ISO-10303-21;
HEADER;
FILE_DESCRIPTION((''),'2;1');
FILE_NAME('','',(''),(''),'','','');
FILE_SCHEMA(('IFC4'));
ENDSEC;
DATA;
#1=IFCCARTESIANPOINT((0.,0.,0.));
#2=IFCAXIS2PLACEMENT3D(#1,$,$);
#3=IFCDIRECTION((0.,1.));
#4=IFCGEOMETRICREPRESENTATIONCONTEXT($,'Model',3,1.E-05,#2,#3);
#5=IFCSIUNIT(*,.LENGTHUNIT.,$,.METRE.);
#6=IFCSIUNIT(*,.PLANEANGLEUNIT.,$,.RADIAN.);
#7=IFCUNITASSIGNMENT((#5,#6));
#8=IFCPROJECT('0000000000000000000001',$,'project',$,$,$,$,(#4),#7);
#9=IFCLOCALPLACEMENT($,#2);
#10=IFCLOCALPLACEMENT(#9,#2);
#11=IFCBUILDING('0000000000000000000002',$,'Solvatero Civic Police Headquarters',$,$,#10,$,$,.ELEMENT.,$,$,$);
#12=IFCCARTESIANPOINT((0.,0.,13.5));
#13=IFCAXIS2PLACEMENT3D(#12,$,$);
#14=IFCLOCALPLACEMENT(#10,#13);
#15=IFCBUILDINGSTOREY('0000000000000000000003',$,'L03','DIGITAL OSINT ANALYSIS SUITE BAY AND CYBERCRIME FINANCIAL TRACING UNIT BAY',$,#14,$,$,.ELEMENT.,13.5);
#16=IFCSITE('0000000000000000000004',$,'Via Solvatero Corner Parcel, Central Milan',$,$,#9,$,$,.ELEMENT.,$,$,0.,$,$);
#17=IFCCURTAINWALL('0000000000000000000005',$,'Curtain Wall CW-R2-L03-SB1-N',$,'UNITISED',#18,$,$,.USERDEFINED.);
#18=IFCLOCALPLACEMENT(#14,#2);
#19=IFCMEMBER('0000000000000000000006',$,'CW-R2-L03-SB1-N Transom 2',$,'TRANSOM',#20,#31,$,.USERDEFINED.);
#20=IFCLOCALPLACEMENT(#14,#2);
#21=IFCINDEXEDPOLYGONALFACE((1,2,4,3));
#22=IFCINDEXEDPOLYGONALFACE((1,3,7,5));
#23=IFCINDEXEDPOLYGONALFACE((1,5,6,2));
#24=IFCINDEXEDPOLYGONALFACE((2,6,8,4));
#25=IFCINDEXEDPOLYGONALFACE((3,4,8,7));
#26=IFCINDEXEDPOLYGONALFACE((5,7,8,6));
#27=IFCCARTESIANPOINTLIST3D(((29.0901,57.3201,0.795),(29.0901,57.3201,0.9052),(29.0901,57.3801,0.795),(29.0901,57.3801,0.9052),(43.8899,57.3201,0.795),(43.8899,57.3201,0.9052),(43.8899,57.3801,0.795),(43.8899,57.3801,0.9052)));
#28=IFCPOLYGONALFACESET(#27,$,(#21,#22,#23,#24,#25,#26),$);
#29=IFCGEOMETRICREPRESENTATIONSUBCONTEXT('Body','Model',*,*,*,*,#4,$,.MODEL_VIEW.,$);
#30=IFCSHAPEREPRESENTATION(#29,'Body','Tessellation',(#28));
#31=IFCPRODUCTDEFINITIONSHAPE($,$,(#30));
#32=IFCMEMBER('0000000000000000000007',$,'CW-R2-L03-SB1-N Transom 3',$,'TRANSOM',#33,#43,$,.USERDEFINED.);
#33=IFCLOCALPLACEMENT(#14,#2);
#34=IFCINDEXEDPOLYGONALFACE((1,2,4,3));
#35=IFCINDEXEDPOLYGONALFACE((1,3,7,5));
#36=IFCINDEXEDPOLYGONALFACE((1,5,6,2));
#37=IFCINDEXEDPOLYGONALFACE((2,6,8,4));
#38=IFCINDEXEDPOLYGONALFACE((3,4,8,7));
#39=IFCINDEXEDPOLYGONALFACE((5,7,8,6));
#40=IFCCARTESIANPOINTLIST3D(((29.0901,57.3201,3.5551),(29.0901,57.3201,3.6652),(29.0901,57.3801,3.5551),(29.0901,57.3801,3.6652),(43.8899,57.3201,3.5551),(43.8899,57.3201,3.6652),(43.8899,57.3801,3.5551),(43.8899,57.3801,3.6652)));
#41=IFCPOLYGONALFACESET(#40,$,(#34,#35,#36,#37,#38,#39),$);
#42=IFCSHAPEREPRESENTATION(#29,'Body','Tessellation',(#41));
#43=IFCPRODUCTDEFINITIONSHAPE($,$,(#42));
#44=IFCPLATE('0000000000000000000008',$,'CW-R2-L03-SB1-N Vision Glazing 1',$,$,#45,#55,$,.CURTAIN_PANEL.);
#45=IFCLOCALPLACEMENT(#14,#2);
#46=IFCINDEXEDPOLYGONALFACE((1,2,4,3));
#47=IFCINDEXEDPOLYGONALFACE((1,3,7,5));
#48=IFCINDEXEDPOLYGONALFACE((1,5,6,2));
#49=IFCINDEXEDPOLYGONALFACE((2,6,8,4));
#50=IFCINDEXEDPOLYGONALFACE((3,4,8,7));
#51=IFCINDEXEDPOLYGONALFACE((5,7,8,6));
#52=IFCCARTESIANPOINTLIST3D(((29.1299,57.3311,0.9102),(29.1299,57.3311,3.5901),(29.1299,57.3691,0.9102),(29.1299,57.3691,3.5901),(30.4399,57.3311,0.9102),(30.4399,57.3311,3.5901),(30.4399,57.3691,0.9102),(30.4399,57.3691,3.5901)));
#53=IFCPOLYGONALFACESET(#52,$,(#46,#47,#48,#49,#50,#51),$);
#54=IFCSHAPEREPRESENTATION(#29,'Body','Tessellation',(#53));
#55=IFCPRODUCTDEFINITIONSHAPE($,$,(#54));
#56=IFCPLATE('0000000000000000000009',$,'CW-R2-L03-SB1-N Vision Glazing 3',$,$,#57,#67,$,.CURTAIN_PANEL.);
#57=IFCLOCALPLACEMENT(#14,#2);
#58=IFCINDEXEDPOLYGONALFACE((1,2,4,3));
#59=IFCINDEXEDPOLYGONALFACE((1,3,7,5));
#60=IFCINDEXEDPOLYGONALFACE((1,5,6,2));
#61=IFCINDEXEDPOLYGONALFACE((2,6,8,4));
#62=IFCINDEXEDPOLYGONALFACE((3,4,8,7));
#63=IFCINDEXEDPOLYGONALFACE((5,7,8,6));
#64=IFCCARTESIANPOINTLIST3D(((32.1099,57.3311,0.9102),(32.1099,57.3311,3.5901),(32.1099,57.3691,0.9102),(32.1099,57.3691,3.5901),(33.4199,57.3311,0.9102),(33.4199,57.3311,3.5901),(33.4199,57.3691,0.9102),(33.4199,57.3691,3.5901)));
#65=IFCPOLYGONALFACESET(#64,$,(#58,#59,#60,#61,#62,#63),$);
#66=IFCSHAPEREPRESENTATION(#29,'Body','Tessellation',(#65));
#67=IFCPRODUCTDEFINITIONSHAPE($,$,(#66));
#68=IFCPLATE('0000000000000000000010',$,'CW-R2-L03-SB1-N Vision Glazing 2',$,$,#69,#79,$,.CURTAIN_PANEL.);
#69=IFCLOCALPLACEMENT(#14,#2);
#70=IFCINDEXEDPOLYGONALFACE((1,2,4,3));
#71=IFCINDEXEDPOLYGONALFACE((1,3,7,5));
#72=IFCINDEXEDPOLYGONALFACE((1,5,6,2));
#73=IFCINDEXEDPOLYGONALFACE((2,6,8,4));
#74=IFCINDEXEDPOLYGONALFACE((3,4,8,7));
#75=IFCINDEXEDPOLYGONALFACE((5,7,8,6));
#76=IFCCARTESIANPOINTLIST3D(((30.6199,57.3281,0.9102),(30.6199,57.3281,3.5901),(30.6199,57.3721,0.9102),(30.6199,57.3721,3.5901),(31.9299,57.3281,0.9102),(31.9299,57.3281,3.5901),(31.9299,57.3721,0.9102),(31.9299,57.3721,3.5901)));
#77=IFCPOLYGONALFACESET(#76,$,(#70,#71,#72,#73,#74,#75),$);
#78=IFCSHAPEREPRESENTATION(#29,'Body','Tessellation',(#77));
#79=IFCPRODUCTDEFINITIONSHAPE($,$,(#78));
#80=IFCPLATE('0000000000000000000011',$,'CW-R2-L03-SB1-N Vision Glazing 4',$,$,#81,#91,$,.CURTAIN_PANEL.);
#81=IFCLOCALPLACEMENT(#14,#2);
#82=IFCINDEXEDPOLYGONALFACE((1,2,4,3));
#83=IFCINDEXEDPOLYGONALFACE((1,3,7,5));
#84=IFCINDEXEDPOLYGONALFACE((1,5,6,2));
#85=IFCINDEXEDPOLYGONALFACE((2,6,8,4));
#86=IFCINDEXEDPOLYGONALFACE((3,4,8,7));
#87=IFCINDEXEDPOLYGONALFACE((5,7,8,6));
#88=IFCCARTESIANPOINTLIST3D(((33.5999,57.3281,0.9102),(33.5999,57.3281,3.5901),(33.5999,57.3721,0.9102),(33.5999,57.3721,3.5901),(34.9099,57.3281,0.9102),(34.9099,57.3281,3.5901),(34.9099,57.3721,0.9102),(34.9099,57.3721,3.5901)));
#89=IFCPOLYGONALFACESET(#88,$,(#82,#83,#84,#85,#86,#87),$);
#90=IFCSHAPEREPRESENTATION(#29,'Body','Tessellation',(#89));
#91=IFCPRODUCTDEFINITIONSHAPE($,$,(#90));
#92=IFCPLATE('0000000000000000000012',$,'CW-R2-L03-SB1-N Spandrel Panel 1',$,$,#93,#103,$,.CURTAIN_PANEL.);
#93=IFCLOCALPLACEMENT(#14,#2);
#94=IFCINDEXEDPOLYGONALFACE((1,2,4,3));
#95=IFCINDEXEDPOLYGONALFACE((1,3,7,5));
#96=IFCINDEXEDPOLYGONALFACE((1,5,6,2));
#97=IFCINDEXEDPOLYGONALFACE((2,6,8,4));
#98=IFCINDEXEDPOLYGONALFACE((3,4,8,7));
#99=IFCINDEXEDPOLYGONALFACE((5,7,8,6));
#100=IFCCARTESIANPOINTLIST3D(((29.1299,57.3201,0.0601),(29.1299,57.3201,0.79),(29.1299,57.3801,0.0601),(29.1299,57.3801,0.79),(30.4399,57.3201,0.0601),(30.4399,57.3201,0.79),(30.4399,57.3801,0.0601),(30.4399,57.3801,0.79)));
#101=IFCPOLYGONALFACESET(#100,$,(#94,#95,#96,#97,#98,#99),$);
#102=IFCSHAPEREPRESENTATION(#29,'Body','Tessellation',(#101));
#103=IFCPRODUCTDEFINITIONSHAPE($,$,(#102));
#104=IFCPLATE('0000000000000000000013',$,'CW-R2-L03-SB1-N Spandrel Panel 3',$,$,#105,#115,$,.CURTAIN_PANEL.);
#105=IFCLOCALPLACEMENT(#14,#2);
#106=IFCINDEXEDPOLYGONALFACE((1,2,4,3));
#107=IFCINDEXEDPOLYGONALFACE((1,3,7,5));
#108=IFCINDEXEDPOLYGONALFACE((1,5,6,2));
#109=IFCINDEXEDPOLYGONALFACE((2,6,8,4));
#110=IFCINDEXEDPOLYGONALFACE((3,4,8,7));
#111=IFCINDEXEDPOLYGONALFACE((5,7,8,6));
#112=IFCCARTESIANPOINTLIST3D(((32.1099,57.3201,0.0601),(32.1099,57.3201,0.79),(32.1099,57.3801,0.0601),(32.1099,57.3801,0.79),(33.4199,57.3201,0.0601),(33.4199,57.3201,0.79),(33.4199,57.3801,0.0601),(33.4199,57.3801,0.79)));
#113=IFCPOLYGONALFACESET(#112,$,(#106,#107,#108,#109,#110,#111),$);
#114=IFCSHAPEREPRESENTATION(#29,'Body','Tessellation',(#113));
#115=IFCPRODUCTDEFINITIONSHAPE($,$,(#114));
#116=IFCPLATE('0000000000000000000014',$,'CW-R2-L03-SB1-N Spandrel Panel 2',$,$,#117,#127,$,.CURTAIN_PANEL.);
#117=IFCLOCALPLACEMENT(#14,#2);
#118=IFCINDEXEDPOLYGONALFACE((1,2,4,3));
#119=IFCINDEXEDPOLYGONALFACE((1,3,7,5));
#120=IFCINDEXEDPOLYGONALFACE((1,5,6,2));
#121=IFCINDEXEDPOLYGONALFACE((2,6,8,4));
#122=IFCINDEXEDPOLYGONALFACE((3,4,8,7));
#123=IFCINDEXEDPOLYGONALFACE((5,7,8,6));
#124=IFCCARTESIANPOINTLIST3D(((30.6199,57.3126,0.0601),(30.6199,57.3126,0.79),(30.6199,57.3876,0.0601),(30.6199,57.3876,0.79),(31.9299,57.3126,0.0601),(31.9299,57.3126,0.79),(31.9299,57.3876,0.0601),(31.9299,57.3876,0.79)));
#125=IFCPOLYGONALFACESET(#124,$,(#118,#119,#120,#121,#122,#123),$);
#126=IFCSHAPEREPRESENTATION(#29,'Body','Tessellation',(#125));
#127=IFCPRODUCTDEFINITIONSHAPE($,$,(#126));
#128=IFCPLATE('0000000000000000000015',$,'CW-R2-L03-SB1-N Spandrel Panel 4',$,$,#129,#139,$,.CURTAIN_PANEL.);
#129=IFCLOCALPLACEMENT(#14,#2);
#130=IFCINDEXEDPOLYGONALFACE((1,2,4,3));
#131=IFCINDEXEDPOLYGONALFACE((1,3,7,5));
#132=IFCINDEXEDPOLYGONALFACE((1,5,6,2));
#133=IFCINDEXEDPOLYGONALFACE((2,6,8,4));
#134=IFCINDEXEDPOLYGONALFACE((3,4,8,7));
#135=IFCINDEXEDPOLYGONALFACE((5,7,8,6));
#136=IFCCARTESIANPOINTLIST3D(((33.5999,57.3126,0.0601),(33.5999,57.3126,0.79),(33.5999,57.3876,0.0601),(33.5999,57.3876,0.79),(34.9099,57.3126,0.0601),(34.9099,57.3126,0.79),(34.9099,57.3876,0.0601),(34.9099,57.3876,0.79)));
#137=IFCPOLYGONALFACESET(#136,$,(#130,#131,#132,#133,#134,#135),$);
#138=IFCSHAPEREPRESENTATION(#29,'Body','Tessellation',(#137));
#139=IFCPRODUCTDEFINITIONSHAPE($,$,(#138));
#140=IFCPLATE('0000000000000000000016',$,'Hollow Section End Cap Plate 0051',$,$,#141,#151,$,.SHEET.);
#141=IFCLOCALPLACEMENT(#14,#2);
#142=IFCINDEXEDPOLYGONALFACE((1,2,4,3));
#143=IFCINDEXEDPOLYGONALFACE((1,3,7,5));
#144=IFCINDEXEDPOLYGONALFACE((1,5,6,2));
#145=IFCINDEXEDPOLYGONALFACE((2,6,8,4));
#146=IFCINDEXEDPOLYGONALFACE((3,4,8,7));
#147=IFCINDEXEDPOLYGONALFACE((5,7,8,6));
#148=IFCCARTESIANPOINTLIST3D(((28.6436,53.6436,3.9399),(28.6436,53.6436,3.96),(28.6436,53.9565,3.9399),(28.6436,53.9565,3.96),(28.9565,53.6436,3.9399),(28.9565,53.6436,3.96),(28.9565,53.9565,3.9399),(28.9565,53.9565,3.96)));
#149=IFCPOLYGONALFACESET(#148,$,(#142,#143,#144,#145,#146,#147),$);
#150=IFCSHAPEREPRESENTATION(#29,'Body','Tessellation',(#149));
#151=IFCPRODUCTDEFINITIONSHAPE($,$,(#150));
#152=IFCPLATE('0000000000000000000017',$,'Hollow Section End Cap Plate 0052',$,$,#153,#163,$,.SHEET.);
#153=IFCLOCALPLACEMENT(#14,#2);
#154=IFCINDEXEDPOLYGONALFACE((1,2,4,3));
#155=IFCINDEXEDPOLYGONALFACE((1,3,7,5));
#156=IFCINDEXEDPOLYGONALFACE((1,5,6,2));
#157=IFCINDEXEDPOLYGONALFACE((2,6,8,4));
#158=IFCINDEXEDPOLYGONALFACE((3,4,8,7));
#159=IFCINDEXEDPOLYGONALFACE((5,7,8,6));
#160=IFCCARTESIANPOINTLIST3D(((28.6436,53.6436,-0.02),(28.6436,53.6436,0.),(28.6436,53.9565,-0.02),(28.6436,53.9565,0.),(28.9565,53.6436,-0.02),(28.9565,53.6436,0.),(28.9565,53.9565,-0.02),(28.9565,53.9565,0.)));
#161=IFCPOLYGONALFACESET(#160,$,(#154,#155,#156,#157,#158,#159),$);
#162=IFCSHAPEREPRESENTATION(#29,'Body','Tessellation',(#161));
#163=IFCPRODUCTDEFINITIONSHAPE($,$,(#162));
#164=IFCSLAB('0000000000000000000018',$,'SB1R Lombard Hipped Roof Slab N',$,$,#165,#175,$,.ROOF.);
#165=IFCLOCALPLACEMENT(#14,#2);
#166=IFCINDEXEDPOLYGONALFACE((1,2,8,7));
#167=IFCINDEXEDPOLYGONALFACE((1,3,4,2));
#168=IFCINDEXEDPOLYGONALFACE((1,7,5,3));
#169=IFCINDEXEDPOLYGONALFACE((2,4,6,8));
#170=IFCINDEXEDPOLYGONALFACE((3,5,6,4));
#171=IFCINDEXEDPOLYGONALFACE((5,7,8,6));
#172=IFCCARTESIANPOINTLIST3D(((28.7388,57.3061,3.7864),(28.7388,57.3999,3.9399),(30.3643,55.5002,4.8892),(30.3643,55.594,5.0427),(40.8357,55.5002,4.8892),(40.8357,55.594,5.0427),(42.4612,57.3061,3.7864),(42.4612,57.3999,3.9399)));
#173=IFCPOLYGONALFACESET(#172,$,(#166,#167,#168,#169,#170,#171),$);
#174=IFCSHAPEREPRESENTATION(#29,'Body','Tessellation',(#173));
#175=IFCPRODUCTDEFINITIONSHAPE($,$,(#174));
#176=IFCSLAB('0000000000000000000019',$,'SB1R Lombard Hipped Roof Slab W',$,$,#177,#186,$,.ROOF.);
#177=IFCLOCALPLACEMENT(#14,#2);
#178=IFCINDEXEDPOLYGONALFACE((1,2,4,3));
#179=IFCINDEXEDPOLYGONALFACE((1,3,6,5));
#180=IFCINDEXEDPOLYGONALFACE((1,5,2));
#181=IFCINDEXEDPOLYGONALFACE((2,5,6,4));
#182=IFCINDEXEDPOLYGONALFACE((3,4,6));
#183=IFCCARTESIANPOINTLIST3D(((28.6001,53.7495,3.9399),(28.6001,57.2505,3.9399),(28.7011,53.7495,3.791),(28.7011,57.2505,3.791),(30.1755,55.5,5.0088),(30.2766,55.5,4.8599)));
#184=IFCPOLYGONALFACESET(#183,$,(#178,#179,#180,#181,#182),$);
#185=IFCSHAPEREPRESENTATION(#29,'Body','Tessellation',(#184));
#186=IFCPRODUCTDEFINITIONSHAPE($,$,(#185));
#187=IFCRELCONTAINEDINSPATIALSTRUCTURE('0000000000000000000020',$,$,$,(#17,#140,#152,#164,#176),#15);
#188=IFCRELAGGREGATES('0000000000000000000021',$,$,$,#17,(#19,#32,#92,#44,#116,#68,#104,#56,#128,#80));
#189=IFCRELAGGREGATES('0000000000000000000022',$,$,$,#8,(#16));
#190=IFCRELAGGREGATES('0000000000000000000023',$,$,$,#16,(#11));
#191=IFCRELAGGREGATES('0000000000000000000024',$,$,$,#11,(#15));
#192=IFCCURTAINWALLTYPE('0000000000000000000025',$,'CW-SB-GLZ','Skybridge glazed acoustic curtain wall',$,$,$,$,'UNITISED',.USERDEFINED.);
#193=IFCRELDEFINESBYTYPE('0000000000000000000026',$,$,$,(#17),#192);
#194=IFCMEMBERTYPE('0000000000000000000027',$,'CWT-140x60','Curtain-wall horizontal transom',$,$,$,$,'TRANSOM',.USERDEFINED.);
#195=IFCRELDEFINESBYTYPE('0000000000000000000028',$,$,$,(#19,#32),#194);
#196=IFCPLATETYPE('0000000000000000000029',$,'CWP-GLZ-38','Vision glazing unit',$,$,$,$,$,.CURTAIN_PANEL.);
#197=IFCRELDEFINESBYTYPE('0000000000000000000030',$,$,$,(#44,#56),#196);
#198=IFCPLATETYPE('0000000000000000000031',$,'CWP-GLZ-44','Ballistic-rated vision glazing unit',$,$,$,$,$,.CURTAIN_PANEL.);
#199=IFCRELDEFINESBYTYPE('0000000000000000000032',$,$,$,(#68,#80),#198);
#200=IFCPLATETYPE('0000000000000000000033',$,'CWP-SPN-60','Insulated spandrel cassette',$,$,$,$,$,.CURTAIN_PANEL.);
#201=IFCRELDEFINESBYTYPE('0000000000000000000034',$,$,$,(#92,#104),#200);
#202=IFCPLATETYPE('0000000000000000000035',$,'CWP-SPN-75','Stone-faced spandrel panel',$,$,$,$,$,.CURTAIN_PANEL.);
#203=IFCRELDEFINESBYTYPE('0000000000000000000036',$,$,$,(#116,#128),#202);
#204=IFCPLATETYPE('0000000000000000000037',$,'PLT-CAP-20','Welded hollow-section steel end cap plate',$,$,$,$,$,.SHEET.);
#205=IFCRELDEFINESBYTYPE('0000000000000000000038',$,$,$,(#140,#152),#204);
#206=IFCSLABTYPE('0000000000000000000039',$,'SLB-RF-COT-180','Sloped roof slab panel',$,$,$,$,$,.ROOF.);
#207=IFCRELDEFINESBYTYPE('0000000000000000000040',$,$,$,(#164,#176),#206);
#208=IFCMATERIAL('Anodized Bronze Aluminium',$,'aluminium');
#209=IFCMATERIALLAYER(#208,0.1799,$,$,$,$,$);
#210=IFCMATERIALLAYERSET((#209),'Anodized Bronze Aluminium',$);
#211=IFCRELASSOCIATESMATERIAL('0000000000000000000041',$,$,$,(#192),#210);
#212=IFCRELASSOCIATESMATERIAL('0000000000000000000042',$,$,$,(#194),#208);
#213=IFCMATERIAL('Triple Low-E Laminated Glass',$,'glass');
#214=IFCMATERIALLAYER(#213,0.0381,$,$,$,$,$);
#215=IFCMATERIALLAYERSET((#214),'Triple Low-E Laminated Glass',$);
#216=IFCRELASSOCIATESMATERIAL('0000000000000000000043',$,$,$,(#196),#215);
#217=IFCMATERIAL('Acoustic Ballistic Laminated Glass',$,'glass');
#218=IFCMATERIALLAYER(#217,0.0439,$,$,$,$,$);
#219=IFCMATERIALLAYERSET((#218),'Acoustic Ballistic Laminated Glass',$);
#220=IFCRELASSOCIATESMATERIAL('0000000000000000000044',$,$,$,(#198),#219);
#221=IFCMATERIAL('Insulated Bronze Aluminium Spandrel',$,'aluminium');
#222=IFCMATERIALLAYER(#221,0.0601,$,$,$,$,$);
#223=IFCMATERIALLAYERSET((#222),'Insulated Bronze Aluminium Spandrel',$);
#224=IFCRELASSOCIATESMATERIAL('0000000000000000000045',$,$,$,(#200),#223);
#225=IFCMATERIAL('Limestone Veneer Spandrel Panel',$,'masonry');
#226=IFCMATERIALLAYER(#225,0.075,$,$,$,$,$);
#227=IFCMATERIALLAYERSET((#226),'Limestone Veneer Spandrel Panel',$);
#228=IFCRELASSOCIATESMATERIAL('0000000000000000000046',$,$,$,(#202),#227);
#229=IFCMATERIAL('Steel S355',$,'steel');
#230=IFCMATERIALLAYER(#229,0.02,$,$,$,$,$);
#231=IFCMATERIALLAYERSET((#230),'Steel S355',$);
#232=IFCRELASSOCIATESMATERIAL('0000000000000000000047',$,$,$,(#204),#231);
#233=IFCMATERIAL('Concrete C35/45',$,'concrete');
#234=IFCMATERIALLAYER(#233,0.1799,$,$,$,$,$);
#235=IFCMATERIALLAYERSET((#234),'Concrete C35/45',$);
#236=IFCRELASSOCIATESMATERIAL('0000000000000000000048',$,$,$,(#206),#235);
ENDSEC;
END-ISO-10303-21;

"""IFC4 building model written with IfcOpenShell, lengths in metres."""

from ifc_helpers import new_model, si_unit, direction, frame, origin, origin_2d, place, context, subcontext, project, spatial, polyline, rectangle, outline, extrude, material, layer, layer_set, material_profile, profile_set, type_object, element, aggregate, save


model = new_model("IFC4")

# Units and contexts
model_context = context("Model", 3, precision=1e-05, world=origin(), true_north=direction((0.0, 1.0)))
body_context = subcontext(model_context, "Body", "Model", "MODEL_VIEW")
ifc_project = project(units=[si_unit("LENGTHUNIT", "METRE"), si_unit("PLANEANGLEUNIT", "RADIAN")], contexts=[model_context])

# Site, building, storey
site_placement = place(None, origin())
site = spatial("IfcSite", under=ifc_project, at=site_placement, Name="Via Solvatero Corner Parcel, Central Milan", CompositionType="ELEMENT", RefElevation=0.0)
building_placement = place(site_placement, origin())
building = spatial("IfcBuilding", under=site, at=building_placement, Name="Solvatero Civic Police Headquarters", CompositionType="ELEMENT")
storey_placement = place(building_placement, frame((0.0, 0.0, 13.5)))
storey = spatial("IfcBuildingStorey", under=building, at=storey_placement, Name="L03", Description="DIGITAL OSINT ANALYSIS SUITE BAY AND CYBERCRIME FINANCIAL TRACING UNIT BAY", CompositionType="ELEMENT", Elevation=13.5)

# Shared definitions
ifc_material_1 = material(Name="Steel S355", Category="steel")

# Curtain wall, members, plates
ifc_material_2 = material(Name="Anodized Bronze Aluminium", Category="aluminium")
ifc_layer_1 = layer(ifc_material_2, 0.1799)
ifc_layer_set_1 = layer_set([ifc_layer_1], Name="Anodized Bronze Aluminium")
curtain_wall_type = type_object("IfcCurtainWallType", Name="CW-SB-GLZ", Description="Skybridge glazed acoustic curtain wall", ElementType="UNITISED", PredefinedType="USERDEFINED", material=ifc_layer_set_1)
curtain_wall_placement = place(storey_placement, origin())
curtain_wall = element("IfcCurtainWall", 1, at=curtain_wall_placement, inside=storey, type_object=curtain_wall_type, Name="Curtain Wall CW-R2-L03-SB1-N", ObjectType="UNITISED", PredefinedType="USERDEFINED")
ifc_material_profile_1 = material_profile(ifc_material_2, rectangle(XDim=0.0601, YDim=0.1101, at=origin_2d()), Name="ALU TRANSOM 60x110")
ifc_profile_set_1 = profile_set([ifc_material_profile_1], Name="Anodized Bronze Aluminium")
member_type_1 = type_object("IfcMemberType", Name="CWT-140x60", Description="Curtain-wall horizontal transom", ElementType="TRANSOM", PredefinedType="USERDEFINED", material=ifc_profile_set_1)
member_1_placement = place(storey_placement, frame((29.0901, 57.3501, 0.8501), z_axis=(1.0, 0.0, 0.0), x_axis=(0.0, 1.0, 0.0)))
member_1 = element("IfcMember", 2, at=member_1_placement, type_object=member_type_1, Name="CW-R2-L03-SB1-N Transom 2", ObjectType="TRANSOM", PredefinedType="USERDEFINED", context=body_context, shape_type="SweptSolid", body=[
    extrude(rectangle(XDim=0.0601, YDim=0.1101, at=origin_2d()), origin(), (0.0, 0.0, 1.0), 14.7998),
])
member_2_placement = place(storey_placement, frame((29.0901, 57.3501, 3.6101), z_axis=(1.0, 0.0, 0.0), x_axis=(0.0, 1.0, 0.0)))
member_2 = element("IfcMember", 3, at=member_2_placement, type_object=member_type_1, Name="CW-R2-L03-SB1-N Transom 3", ObjectType="TRANSOM", PredefinedType="USERDEFINED", context=body_context, shape_type="SweptSolid", body=[
    extrude(rectangle(XDim=0.0601, YDim=0.1101, at=origin_2d()), origin(), (0.0, 0.0, 1.0), 14.7998),
])
ifc_material_3 = material(Name="Triple Low-E Laminated Glass", Category="glass")
ifc_layer_2 = layer(ifc_material_3, 0.0381)
ifc_layer_set_2 = layer_set([ifc_layer_2], Name="Triple Low-E Laminated Glass")
plate_type_1 = type_object("IfcPlateType", Name="CWP-GLZ-38", Description="Vision glazing unit", PredefinedType="CURTAIN_PANEL", material=ifc_layer_set_2)
plate_1_placement = place(storey_placement, frame((29.7849, 57.3501, 0.9102), z_axis=(0.0, 0.0, 1.0), x_axis=(1.0, 0.0, 0.0)))
plate_1 = element("IfcPlate", 4, at=plate_1_placement, type_object=plate_type_1, Name="CW-R2-L03-SB1-N Vision Glazing 1", PredefinedType="CURTAIN_PANEL", context=body_context, shape_type="SweptSolid", body=[
    extrude(rectangle(XDim=1.3101, YDim=0.0381, at=origin_2d()), origin(), (0.0, 0.0, 1.0), 2.6799),
])
plate_2_placement = place(storey_placement, frame((32.7649, 57.3501, 0.9102), z_axis=(0.0, 0.0, 1.0), x_axis=(1.0, 0.0, 0.0)))
plate_2 = element("IfcPlate", 5, at=plate_2_placement, type_object=plate_type_1, Name="CW-R2-L03-SB1-N Vision Glazing 3", PredefinedType="CURTAIN_PANEL", context=body_context, shape_type="SweptSolid", body=[
    extrude(rectangle(XDim=1.3101, YDim=0.0381, at=origin_2d()), origin(), (0.0, 0.0, 1.0), 2.6799),
])
ifc_material_4 = material(Name="Acoustic Ballistic Laminated Glass", Category="glass")
ifc_layer_3 = layer(ifc_material_4, 0.0439)
ifc_layer_set_3 = layer_set([ifc_layer_3], Name="Acoustic Ballistic Laminated Glass")
plate_type_2 = type_object("IfcPlateType", Name="CWP-GLZ-44", Description="Ballistic-rated vision glazing unit", PredefinedType="CURTAIN_PANEL", material=ifc_layer_set_3)
plate_3_placement = place(storey_placement, frame((31.2749, 57.3501, 0.9102), z_axis=(0.0, 0.0, 1.0), x_axis=(1.0, 0.0, 0.0)))
plate_3 = element("IfcPlate", 6, at=plate_3_placement, type_object=plate_type_2, Name="CW-R2-L03-SB1-N Vision Glazing 2", PredefinedType="CURTAIN_PANEL", context=body_context, shape_type="SweptSolid", body=[
    extrude(rectangle(XDim=1.3101, YDim=0.0439, at=origin_2d()), origin(), (0.0, 0.0, 1.0), 2.6799),
])
plate_4_placement = place(storey_placement, frame((34.2549, 57.3501, 0.9102), z_axis=(0.0, 0.0, 1.0), x_axis=(1.0, 0.0, 0.0)))
plate_4 = element("IfcPlate", 7, at=plate_4_placement, type_object=plate_type_2, Name="CW-R2-L03-SB1-N Vision Glazing 4", PredefinedType="CURTAIN_PANEL", context=body_context, shape_type="SweptSolid", body=[
    extrude(rectangle(XDim=1.3101, YDim=0.0439, at=origin_2d()), origin(), (0.0, 0.0, 1.0), 2.6799),
])
ifc_material_5 = material(Name="Insulated Bronze Aluminium Spandrel", Category="aluminium")
ifc_layer_4 = layer(ifc_material_5, 0.0601)
ifc_layer_set_4 = layer_set([ifc_layer_4], Name="Insulated Bronze Aluminium Spandrel")
plate_type_3 = type_object("IfcPlateType", Name="CWP-SPN-60", Description="Insulated spandrel cassette", PredefinedType="CURTAIN_PANEL", material=ifc_layer_set_4)
plate_5_placement = place(storey_placement, frame((29.7849, 57.3501, 0.0601), z_axis=(0.0, 0.0, 1.0), x_axis=(1.0, 0.0, 0.0)))
plate_5 = element("IfcPlate", 8, at=plate_5_placement, type_object=plate_type_3, Name="CW-R2-L03-SB1-N Spandrel Panel 1", PredefinedType="CURTAIN_PANEL", context=body_context, shape_type="SweptSolid", body=[
    extrude(rectangle(XDim=1.3101, YDim=0.0601, at=origin_2d()), origin(), (0.0, 0.0, 1.0), 0.73),
])
plate_6_placement = place(storey_placement, frame((32.7649, 57.3501, 0.0601), z_axis=(0.0, 0.0, 1.0), x_axis=(1.0, 0.0, 0.0)))
plate_6 = element("IfcPlate", 9, at=plate_6_placement, type_object=plate_type_3, Name="CW-R2-L03-SB1-N Spandrel Panel 3", PredefinedType="CURTAIN_PANEL", context=body_context, shape_type="SweptSolid", body=[
    extrude(rectangle(XDim=1.3101, YDim=0.0601, at=origin_2d()), origin(), (0.0, 0.0, 1.0), 0.73),
])
ifc_material_6 = material(Name="Limestone Veneer Spandrel Panel", Category="masonry")
ifc_layer_5 = layer(ifc_material_6, 0.075)
ifc_layer_set_5 = layer_set([ifc_layer_5], Name="Limestone Veneer Spandrel Panel")
plate_type_4 = type_object("IfcPlateType", Name="CWP-SPN-75", Description="Stone-faced spandrel panel", PredefinedType="CURTAIN_PANEL", material=ifc_layer_set_5)
plate_7_placement = place(storey_placement, frame((31.2749, 57.3501, 0.0601), z_axis=(0.0, 0.0, 1.0), x_axis=(1.0, 0.0, 0.0)))
plate_7 = element("IfcPlate", 10, at=plate_7_placement, type_object=plate_type_4, Name="CW-R2-L03-SB1-N Spandrel Panel 2", PredefinedType="CURTAIN_PANEL", context=body_context, shape_type="SweptSolid", body=[
    extrude(rectangle(XDim=1.3101, YDim=0.075, at=origin_2d()), origin(), (0.0, 0.0, 1.0), 0.73),
])
plate_8_placement = place(storey_placement, frame((34.2549, 57.3501, 0.0601), z_axis=(0.0, 0.0, 1.0), x_axis=(1.0, 0.0, 0.0)))
plate_8 = element("IfcPlate", 11, at=plate_8_placement, type_object=plate_type_4, Name="CW-R2-L03-SB1-N Spandrel Panel 4", PredefinedType="CURTAIN_PANEL", context=body_context, shape_type="SweptSolid", body=[
    extrude(rectangle(XDim=1.3101, YDim=0.075, at=origin_2d()), origin(), (0.0, 0.0, 1.0), 0.73),
])
aggregate(curtain_wall, [member_1, member_2, plate_5, plate_1, plate_7, plate_3, plate_6, plate_2, plate_8, plate_4])

# Plates
ifc_layer_6 = layer(ifc_material_1, 0.02)
ifc_layer_set_6 = layer_set([ifc_layer_6], Name="Steel S355")
plate_type_5 = type_object("IfcPlateType", Name="PLT-CAP-20", Description="Welded hollow-section steel end cap plate", PredefinedType="SHEET", material=ifc_layer_set_6)
for number, where, z_axis, x_axis, name in (
    (12, (28.8, 53.8, 3.9399), (0.0, 0.0, 1.0), (1.0, 0.0, 0.0), "Hollow Section End Cap Plate 0051"),
    (13, (28.8, 53.8, -0.02), (0.0, 0.0, 1.0), (1.0, 0.0, 0.0), "Hollow Section End Cap Plate 0052"),
):
    element("IfcPlate", number, at=place(storey_placement, frame(where, z_axis=z_axis, x_axis=x_axis)), inside=storey, type_object=plate_type_5, Name=name, PredefinedType="SHEET", context=body_context, shape_type="SweptSolid", body=[
        extrude(rectangle(XDim=0.313, YDim=0.313, at=origin_2d()), origin(), (0.0, 0.0, 1.0), 0.02),
    ])

# Slabs
ifc_material_7 = material(Name="Concrete C35/45", Category="concrete")
ifc_layer_7 = layer(ifc_material_7, 0.1799)
ifc_layer_set_7 = layer_set([ifc_layer_7], Name="Concrete C35/45")
slab_type = type_object("IfcSlabType", Name="SLB-RF-COT-180", Description="Sloped roof slab panel", PredefinedType="ROOF", material=ifc_layer_set_7)
slab_1_placement = place(storey_placement, frame((30.3643, 55.594, 5.0427), z_axis=(0.0, 0.521165, 0.853456), x_axis=(-0.609193, 0.676809, -0.413296)))
element("IfcSlab", 14, at=slab_1_placement, inside=storey, type_object=slab_type, Name="SB1R Lombard Hipped Roof Slab N", PredefinedType="ROOF", context=body_context, shape_type="SweptSolid", body=[
    extrude(outline(polyline([(0.0, 0.0), (2.6683, 0.0), (-5.6913, -10.8822), (-6.3791, -8.3041), (0.0, 0.0)])), origin(), (0.0, 0.0, -1.0), 0.1799),
])
slab_2_placement = place(storey_placement, frame((28.6001, 53.7495, 3.9399), z_axis=(-0.561429, 0.0, 0.827525), x_axis=(0.0, 1.0, 0.0)))
element("IfcSlab", 15, at=slab_2_placement, inside=storey, type_object=slab_type, Name="SB1R Lombard Hipped Roof Slab W", PredefinedType="ROOF", context=body_context, shape_type="SweptSolid", body=[
    extrude(outline(polyline([(0.0, 0.0), (3.501, 0.0), (1.7505, -1.9038), (0.0, 0.0)])), origin(), (0.0, 0.0, -1.0), 0.1799),
])

save(model, "model.ifc")
